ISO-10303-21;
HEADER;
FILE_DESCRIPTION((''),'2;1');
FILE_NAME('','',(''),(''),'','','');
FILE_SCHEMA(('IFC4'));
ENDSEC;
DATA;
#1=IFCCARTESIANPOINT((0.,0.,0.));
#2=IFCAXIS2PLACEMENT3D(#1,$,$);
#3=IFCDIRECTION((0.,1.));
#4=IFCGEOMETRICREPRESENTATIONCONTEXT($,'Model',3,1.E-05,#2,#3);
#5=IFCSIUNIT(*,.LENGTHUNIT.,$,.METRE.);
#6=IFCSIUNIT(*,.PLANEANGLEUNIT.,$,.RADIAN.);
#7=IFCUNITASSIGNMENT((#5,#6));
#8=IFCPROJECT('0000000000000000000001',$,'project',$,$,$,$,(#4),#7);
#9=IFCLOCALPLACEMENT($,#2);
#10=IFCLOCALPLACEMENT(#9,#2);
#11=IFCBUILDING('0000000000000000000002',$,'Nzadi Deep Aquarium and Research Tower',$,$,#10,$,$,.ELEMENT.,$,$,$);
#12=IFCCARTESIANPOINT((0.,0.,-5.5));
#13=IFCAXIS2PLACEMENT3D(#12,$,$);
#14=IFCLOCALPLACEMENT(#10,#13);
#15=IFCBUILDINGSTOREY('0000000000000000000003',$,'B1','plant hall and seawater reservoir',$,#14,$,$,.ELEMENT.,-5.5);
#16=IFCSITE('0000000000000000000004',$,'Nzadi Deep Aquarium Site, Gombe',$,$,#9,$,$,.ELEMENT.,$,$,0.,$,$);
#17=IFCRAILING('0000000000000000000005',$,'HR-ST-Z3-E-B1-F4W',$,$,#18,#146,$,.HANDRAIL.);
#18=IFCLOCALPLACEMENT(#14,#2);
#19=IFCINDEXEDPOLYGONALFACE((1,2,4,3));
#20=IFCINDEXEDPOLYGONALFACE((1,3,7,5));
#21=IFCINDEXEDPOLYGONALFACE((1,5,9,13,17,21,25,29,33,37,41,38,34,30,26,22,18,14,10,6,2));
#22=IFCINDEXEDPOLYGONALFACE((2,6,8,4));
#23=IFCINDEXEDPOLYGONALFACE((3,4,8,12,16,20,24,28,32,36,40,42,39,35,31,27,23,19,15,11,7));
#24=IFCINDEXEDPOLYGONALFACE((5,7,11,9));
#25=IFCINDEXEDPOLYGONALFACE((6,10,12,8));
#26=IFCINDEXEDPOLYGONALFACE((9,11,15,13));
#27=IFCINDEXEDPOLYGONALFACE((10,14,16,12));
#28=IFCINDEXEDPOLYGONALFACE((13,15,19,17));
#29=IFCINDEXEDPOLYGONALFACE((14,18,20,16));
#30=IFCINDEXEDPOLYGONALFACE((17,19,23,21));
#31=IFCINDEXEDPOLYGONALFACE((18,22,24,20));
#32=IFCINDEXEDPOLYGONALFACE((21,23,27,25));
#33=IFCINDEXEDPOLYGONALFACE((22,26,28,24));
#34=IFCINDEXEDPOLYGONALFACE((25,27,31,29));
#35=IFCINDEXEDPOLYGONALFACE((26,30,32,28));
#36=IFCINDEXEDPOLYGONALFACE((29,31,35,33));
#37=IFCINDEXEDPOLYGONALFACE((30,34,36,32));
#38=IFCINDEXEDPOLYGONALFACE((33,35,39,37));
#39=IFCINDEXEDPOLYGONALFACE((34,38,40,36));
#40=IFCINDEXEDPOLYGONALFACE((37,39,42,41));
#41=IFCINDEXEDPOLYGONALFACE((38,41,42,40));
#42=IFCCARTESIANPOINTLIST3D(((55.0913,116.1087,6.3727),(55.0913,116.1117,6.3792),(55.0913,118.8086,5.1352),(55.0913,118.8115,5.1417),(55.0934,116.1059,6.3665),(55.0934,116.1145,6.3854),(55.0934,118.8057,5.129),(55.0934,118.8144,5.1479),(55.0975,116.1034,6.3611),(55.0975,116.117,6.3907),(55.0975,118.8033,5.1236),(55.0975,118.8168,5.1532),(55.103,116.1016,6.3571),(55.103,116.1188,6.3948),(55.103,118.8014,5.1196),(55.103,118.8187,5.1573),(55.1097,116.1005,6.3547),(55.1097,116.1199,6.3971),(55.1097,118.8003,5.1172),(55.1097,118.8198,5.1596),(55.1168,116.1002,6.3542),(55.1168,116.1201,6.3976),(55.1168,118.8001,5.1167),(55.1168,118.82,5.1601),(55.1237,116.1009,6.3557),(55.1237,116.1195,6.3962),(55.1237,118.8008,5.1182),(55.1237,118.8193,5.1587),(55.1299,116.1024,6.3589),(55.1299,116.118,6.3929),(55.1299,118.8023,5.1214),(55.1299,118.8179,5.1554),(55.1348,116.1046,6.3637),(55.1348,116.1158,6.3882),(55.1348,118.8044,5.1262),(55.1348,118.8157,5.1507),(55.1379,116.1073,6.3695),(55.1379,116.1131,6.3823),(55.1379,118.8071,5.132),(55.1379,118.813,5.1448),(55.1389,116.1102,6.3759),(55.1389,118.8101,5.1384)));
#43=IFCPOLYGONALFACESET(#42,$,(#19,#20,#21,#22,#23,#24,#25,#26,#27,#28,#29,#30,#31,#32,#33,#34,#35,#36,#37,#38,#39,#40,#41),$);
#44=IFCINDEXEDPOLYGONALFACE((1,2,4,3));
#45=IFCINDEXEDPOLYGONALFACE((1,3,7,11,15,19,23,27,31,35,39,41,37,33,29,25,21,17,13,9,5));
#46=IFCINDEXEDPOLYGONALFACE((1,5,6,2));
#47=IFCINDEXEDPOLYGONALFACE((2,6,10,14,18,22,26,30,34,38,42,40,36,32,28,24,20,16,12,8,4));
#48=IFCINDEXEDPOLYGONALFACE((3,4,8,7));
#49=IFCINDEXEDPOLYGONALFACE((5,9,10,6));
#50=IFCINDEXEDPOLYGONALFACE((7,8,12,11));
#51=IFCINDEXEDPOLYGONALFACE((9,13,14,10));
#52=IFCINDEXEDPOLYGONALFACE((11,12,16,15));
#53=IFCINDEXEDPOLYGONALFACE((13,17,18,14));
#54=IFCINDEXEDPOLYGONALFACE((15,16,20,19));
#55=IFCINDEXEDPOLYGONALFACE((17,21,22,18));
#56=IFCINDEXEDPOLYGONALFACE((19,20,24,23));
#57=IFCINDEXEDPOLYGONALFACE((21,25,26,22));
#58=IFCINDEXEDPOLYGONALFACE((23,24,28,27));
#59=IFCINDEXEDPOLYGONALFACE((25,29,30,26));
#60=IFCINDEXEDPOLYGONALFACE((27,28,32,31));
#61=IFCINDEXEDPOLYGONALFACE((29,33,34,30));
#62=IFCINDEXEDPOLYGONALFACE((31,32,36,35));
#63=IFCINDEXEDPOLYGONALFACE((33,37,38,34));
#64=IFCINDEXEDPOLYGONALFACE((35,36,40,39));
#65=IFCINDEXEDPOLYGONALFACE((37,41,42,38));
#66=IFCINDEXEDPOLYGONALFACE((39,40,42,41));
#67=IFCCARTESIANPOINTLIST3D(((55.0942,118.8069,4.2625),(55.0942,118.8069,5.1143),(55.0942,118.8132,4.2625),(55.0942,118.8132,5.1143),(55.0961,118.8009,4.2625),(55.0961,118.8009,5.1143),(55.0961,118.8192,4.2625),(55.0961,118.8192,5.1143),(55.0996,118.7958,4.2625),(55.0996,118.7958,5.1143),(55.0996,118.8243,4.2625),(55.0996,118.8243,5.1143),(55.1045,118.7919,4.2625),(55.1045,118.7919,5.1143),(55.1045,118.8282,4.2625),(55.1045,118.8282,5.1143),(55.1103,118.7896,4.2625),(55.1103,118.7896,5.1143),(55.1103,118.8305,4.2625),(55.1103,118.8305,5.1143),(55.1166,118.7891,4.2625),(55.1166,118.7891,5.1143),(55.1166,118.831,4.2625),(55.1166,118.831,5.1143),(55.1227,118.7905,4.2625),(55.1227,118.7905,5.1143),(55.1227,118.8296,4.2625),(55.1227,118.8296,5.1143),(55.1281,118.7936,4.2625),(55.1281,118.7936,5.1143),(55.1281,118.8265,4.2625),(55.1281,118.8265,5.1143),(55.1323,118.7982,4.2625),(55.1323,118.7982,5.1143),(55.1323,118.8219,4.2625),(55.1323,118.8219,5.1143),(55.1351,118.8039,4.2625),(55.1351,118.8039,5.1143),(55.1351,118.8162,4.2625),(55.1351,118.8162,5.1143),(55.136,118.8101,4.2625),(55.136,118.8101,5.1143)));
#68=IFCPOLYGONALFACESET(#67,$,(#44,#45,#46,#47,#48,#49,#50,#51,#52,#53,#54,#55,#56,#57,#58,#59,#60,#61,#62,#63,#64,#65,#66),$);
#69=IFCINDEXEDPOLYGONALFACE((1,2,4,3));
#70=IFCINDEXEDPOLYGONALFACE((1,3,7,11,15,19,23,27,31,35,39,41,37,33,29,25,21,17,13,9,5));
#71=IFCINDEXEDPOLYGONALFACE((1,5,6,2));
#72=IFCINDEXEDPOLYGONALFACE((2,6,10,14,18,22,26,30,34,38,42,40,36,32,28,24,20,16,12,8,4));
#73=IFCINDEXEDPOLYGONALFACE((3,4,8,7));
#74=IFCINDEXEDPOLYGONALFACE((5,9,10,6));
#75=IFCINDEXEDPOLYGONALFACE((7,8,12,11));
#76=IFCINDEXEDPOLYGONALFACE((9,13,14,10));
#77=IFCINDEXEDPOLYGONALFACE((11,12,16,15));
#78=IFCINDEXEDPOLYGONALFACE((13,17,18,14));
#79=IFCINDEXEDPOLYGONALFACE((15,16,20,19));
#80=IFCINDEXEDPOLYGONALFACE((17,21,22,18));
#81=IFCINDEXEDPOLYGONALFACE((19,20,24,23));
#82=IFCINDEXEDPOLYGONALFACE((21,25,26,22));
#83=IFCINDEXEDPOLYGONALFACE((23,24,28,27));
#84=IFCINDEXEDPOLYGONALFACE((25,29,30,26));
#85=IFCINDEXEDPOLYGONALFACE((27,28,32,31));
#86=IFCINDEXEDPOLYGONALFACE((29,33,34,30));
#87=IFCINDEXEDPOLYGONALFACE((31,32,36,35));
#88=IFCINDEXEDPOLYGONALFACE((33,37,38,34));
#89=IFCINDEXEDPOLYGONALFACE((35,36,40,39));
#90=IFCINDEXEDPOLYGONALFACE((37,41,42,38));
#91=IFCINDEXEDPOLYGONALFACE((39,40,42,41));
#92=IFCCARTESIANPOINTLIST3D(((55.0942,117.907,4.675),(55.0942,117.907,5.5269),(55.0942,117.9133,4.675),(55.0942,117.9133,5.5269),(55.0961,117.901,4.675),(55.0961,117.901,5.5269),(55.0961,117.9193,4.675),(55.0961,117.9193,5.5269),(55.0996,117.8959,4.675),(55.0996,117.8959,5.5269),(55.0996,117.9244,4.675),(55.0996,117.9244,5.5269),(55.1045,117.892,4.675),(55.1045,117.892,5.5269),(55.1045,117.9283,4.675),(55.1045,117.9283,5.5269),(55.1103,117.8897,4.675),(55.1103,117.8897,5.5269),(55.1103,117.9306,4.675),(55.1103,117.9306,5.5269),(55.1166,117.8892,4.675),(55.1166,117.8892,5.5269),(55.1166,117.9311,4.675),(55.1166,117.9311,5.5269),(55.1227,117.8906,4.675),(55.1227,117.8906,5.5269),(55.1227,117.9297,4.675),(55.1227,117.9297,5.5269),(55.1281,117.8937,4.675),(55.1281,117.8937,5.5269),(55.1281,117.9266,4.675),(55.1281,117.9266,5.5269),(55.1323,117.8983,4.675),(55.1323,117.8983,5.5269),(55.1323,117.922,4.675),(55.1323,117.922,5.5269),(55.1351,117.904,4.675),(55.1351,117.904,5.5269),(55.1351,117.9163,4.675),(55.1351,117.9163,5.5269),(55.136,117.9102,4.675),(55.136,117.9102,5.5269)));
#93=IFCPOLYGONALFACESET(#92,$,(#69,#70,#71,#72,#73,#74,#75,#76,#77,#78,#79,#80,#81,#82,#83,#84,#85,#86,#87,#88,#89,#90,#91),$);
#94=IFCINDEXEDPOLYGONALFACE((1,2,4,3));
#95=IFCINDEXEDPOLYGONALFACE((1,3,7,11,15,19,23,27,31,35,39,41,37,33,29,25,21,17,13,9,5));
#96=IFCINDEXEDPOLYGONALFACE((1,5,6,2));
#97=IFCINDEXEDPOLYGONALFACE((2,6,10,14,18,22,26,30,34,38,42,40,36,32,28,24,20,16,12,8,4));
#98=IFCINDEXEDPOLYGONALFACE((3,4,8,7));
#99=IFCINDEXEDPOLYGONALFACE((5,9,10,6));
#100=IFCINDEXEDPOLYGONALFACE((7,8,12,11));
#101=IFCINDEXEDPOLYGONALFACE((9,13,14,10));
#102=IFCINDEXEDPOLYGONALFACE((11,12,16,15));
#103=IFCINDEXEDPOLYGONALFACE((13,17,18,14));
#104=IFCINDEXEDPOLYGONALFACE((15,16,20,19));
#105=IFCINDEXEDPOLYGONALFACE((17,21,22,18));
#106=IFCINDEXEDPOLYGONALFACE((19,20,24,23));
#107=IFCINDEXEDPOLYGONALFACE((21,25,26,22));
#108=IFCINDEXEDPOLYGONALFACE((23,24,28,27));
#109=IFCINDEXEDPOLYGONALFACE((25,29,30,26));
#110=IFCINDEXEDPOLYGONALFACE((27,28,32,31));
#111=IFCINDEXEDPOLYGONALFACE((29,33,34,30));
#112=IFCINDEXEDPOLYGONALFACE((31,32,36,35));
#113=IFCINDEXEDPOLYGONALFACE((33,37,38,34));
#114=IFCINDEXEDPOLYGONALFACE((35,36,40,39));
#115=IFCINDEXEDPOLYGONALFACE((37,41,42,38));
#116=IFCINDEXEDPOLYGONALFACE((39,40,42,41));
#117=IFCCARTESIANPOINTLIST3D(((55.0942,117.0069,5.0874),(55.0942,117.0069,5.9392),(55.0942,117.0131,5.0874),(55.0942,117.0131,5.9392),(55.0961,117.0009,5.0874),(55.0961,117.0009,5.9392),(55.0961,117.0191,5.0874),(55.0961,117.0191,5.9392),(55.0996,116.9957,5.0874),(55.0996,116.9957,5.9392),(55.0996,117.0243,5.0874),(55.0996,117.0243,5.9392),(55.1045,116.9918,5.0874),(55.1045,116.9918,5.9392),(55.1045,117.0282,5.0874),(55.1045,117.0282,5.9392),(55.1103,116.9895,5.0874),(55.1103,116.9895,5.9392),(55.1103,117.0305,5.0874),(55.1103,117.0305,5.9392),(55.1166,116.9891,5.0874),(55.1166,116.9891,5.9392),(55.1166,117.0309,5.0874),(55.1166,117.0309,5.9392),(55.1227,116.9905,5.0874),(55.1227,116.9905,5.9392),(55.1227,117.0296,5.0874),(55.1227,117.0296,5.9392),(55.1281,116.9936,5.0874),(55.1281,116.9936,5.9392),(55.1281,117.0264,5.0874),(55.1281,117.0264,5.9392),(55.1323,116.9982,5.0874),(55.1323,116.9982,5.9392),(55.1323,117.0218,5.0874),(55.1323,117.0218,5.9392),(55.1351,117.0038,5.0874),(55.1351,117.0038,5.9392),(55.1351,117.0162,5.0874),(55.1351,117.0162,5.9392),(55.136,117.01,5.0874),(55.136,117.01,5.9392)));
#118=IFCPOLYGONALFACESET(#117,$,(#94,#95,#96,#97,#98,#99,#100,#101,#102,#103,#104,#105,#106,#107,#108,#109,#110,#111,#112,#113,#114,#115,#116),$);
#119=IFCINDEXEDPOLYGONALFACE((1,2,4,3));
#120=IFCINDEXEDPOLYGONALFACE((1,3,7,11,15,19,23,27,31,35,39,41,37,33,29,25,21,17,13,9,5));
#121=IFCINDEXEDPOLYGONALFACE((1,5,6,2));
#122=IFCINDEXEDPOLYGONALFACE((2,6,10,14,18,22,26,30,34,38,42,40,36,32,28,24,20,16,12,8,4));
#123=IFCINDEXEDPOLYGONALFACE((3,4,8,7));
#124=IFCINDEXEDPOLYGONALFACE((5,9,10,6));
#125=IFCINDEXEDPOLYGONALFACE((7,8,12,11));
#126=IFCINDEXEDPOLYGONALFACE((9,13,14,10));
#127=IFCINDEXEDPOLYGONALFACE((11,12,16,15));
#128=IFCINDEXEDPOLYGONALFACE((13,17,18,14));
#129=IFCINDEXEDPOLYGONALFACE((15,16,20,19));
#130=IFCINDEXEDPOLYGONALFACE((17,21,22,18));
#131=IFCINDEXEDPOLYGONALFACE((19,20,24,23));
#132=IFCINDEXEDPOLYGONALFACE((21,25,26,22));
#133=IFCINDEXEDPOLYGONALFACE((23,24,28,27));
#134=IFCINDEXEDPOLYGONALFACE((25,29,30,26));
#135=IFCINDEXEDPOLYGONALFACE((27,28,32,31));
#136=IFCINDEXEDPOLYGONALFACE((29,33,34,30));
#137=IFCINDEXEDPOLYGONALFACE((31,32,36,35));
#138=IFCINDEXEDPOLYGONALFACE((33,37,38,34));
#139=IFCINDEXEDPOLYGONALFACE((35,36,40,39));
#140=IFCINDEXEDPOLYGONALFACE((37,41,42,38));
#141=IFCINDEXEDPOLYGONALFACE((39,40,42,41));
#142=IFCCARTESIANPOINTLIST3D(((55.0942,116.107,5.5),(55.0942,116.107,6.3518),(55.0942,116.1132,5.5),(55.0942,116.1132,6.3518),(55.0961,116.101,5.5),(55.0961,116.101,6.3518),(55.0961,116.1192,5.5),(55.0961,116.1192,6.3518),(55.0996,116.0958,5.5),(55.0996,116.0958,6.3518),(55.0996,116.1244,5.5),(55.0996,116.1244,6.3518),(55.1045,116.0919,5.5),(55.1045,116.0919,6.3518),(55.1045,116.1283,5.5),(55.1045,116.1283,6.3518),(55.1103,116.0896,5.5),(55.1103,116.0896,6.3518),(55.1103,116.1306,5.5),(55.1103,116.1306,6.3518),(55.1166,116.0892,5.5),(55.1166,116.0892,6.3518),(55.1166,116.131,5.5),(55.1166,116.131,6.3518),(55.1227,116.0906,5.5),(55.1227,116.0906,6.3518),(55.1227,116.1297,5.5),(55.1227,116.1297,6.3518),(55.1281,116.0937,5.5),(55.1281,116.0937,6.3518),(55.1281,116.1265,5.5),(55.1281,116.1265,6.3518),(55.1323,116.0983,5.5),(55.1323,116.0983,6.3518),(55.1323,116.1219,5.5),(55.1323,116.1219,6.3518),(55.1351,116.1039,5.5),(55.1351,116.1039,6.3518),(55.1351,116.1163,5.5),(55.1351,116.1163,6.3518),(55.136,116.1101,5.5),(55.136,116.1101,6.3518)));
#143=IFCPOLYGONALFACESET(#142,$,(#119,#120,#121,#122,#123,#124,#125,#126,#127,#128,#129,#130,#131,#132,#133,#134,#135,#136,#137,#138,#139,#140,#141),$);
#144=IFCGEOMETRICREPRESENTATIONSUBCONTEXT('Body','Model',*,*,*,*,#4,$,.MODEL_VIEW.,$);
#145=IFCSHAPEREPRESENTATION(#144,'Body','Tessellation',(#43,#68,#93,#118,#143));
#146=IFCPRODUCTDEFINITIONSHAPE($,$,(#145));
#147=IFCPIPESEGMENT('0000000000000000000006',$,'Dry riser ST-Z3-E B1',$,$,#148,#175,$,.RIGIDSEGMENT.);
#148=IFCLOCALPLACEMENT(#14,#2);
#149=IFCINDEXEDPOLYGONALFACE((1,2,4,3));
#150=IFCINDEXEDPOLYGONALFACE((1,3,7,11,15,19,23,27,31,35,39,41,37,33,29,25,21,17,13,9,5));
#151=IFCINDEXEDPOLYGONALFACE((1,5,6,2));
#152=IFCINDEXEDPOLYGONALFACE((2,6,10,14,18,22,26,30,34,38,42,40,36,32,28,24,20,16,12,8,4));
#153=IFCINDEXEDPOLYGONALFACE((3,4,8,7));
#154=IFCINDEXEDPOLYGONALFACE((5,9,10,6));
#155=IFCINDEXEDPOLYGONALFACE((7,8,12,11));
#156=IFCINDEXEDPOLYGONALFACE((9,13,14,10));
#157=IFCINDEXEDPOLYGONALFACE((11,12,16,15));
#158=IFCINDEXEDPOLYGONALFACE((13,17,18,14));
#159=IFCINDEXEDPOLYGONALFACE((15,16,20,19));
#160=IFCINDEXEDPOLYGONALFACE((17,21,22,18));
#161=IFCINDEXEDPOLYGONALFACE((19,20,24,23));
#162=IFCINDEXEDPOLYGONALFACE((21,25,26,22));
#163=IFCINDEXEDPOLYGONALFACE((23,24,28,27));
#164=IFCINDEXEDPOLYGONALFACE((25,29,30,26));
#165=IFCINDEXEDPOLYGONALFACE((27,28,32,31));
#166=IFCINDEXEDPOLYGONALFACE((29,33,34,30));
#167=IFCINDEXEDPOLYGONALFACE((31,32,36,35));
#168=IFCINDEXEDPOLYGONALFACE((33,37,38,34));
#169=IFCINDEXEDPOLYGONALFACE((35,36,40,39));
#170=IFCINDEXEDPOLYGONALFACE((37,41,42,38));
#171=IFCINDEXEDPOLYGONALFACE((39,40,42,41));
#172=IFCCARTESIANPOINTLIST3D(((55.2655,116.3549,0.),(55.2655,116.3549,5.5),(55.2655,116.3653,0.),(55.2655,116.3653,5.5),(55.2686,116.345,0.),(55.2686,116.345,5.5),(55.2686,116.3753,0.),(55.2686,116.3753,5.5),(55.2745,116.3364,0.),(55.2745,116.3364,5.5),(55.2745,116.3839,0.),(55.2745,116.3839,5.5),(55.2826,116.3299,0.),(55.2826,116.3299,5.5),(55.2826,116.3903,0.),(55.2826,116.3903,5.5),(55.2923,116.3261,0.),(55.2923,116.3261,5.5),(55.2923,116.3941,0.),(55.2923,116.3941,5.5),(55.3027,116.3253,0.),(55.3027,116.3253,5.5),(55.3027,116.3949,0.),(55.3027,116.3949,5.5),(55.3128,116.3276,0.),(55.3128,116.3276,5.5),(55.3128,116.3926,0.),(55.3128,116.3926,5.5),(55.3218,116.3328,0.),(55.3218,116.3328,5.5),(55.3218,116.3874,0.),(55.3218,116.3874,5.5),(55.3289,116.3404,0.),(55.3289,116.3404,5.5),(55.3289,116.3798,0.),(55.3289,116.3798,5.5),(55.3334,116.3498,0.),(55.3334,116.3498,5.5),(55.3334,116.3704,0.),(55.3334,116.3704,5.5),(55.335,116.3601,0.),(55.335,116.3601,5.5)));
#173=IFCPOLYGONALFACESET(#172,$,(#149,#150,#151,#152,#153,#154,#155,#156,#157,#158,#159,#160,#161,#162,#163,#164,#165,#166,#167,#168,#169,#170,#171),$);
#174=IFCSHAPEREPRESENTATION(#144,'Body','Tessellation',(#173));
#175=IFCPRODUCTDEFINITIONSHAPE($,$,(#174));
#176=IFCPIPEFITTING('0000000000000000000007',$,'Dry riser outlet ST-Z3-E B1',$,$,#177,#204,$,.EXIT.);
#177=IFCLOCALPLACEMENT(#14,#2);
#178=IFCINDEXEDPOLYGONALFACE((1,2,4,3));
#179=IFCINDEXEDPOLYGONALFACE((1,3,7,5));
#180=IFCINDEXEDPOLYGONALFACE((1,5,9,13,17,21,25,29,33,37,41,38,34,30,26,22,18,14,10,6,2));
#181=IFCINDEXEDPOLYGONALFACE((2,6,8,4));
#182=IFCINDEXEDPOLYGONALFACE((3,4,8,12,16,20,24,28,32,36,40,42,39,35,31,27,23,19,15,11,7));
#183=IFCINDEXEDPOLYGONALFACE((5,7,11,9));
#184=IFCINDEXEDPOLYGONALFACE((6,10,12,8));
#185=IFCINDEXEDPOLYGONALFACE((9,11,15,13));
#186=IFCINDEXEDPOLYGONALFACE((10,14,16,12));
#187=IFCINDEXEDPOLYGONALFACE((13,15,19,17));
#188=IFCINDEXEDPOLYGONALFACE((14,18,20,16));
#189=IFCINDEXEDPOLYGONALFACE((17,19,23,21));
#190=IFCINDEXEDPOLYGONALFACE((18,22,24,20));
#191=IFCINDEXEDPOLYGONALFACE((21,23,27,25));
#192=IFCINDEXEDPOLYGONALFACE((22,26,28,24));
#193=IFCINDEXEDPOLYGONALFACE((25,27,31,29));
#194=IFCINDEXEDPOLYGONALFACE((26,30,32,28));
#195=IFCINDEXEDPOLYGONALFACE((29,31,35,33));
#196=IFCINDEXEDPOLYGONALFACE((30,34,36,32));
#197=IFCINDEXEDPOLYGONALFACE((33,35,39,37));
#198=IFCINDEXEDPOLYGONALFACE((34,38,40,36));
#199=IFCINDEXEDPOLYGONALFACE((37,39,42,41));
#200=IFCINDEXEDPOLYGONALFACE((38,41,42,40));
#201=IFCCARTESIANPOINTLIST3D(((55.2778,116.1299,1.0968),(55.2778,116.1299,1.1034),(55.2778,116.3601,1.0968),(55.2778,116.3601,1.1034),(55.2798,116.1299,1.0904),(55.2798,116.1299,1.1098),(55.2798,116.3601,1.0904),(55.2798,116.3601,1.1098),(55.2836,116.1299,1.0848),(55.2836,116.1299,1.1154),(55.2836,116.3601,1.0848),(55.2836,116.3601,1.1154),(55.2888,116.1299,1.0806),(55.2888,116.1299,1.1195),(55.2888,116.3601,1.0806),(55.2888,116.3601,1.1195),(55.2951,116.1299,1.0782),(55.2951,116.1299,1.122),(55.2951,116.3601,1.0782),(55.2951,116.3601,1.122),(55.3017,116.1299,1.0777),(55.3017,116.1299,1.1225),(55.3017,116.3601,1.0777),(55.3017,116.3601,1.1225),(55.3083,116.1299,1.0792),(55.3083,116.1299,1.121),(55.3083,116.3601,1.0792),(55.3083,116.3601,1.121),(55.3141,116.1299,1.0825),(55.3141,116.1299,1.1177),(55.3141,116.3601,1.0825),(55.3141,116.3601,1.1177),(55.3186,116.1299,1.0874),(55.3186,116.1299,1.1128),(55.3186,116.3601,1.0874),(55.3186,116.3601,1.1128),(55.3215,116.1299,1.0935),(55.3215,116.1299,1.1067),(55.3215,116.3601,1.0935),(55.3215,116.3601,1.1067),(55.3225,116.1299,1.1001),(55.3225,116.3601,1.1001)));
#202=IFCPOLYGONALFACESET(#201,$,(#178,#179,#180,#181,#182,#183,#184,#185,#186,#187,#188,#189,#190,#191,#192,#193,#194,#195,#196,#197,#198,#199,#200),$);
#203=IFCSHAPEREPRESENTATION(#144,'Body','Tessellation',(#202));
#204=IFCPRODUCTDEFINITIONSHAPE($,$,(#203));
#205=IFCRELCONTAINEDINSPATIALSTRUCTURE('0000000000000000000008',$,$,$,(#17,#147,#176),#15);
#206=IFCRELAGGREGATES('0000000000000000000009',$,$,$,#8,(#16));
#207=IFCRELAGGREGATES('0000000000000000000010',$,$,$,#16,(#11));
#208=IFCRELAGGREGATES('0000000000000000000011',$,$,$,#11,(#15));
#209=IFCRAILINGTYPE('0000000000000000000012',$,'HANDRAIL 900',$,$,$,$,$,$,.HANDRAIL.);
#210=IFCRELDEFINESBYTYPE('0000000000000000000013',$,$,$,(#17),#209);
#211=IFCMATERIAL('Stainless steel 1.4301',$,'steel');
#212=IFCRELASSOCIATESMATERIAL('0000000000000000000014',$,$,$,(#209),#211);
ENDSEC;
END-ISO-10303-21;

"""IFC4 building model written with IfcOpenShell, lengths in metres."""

from ifc_helpers import new_model, si_unit, direction, frame, origin, origin_2d, place, context, subcontext, project, spatial, circle, extrude, material, type_object, element, save


model = new_model("IFC4")

# Units and contexts
model_context = context("Model", 3, precision=1e-05, world=origin(), true_north=direction((0.0, 1.0)))
body_context = subcontext(model_context, "Body", "Model", "MODEL_VIEW")
ifc_project = project(units=[si_unit("LENGTHUNIT", "METRE"), si_unit("PLANEANGLEUNIT", "RADIAN")], contexts=[model_context])

# Site, building, storey
site_placement = place(None, origin())
site = spatial("IfcSite", under=ifc_project, at=site_placement, Name="Nzadi Deep Aquarium Site, Gombe", CompositionType="ELEMENT", RefElevation=0.0)
building_placement = place(site_placement, origin())
building = spatial("IfcBuilding", under=site, at=building_placement, Name="Nzadi Deep Aquarium and Research Tower", CompositionType="ELEMENT")
storey_placement = place(building_placement, frame((0.0, 0.0, -5.5)))
storey = spatial("IfcBuildingStorey", under=building, at=storey_placement, Name="B1", Description="plant hall and seawater reservoir", CompositionType="ELEMENT", Elevation=-5.5)

# Railing
ifc_material_1 = material(Name="Stainless steel 1.4301", Category="steel")
railing_type = type_object("IfcRailingType", Name="HANDRAIL 900", PredefinedType="HANDRAIL", material=ifc_material_1)
for number, where, name in (
    (1, (55.115, 118.8101, 4.2625), "HR-ST-Z3-E-B1-F4W"),
):
    element("IfcRailing", number, at=place(storey_placement, frame(where)), inside=storey, type_object=railing_type, Name=name, PredefinedType="HANDRAIL", context=body_context, shape_type="SweptSolid", body=[
        extrude(circle(Radius=0.0239, at=origin_2d()), frame((0.0, 0.0, 0.876), z_axis=(0.0, -0.909056, 0.416675), x_axis=(1.0, 0.0, 0.0)), (0.0, 0.0, 1.0), 2.97),
        extrude(circle(Radius=0.021, at=origin_2d()), origin(), (0.0, 0.0, 1.0), 0.8518),
        extrude(circle(Radius=0.021, at=origin_2d()), frame((0.0, -0.8999, 0.4126)), (0.0, 0.0, 1.0), 0.8518),
        extrude(circle(Radius=0.021, at=origin_2d()), frame((0.0, -1.8, 0.825)), (0.0, 0.0, 1.0), 0.8518),
        extrude(circle(Radius=0.021, at=origin_2d()), frame((0.0, -2.7, 1.2375)), (0.0, 0.0, 1.0), 0.8518),
    ])

# Pipe segment
pipe_segment_placement = place(storey_placement, frame((55.3, 116.3601, 0.0), z_axis=(0.0, 0.0, 1.0), x_axis=(1.0, 0.0, 0.0)))
element("IfcPipeSegment", 2, at=pipe_segment_placement, inside=storey, Name="Dry riser ST-Z3-E B1", PredefinedType="RIGIDSEGMENT", context=body_context, shape_type="SweptSolid", body=[
    extrude(circle(Radius=0.0349, at=origin_2d()), origin(), (0.0, 0.0, 1.0), 5.5),
])

# Pipe fitting
pipe_fitting_placement = place(storey_placement, frame((55.3, 116.3601, 1.1001), z_axis=(0.0, -1.0, 0.0), x_axis=(1.0, 0.0, 0.0)))
element("IfcPipeFitting", 3, at=pipe_fitting_placement, inside=storey, Name="Dry riser outlet ST-Z3-E B1", PredefinedType="EXIT", context=body_context, shape_type="SweptSolid", body=[
    extrude(circle(Radius=0.0225, at=origin_2d()), origin(), (0.0, 0.0, 1.0), 0.2302),
])

save(model, "model.ifc")
